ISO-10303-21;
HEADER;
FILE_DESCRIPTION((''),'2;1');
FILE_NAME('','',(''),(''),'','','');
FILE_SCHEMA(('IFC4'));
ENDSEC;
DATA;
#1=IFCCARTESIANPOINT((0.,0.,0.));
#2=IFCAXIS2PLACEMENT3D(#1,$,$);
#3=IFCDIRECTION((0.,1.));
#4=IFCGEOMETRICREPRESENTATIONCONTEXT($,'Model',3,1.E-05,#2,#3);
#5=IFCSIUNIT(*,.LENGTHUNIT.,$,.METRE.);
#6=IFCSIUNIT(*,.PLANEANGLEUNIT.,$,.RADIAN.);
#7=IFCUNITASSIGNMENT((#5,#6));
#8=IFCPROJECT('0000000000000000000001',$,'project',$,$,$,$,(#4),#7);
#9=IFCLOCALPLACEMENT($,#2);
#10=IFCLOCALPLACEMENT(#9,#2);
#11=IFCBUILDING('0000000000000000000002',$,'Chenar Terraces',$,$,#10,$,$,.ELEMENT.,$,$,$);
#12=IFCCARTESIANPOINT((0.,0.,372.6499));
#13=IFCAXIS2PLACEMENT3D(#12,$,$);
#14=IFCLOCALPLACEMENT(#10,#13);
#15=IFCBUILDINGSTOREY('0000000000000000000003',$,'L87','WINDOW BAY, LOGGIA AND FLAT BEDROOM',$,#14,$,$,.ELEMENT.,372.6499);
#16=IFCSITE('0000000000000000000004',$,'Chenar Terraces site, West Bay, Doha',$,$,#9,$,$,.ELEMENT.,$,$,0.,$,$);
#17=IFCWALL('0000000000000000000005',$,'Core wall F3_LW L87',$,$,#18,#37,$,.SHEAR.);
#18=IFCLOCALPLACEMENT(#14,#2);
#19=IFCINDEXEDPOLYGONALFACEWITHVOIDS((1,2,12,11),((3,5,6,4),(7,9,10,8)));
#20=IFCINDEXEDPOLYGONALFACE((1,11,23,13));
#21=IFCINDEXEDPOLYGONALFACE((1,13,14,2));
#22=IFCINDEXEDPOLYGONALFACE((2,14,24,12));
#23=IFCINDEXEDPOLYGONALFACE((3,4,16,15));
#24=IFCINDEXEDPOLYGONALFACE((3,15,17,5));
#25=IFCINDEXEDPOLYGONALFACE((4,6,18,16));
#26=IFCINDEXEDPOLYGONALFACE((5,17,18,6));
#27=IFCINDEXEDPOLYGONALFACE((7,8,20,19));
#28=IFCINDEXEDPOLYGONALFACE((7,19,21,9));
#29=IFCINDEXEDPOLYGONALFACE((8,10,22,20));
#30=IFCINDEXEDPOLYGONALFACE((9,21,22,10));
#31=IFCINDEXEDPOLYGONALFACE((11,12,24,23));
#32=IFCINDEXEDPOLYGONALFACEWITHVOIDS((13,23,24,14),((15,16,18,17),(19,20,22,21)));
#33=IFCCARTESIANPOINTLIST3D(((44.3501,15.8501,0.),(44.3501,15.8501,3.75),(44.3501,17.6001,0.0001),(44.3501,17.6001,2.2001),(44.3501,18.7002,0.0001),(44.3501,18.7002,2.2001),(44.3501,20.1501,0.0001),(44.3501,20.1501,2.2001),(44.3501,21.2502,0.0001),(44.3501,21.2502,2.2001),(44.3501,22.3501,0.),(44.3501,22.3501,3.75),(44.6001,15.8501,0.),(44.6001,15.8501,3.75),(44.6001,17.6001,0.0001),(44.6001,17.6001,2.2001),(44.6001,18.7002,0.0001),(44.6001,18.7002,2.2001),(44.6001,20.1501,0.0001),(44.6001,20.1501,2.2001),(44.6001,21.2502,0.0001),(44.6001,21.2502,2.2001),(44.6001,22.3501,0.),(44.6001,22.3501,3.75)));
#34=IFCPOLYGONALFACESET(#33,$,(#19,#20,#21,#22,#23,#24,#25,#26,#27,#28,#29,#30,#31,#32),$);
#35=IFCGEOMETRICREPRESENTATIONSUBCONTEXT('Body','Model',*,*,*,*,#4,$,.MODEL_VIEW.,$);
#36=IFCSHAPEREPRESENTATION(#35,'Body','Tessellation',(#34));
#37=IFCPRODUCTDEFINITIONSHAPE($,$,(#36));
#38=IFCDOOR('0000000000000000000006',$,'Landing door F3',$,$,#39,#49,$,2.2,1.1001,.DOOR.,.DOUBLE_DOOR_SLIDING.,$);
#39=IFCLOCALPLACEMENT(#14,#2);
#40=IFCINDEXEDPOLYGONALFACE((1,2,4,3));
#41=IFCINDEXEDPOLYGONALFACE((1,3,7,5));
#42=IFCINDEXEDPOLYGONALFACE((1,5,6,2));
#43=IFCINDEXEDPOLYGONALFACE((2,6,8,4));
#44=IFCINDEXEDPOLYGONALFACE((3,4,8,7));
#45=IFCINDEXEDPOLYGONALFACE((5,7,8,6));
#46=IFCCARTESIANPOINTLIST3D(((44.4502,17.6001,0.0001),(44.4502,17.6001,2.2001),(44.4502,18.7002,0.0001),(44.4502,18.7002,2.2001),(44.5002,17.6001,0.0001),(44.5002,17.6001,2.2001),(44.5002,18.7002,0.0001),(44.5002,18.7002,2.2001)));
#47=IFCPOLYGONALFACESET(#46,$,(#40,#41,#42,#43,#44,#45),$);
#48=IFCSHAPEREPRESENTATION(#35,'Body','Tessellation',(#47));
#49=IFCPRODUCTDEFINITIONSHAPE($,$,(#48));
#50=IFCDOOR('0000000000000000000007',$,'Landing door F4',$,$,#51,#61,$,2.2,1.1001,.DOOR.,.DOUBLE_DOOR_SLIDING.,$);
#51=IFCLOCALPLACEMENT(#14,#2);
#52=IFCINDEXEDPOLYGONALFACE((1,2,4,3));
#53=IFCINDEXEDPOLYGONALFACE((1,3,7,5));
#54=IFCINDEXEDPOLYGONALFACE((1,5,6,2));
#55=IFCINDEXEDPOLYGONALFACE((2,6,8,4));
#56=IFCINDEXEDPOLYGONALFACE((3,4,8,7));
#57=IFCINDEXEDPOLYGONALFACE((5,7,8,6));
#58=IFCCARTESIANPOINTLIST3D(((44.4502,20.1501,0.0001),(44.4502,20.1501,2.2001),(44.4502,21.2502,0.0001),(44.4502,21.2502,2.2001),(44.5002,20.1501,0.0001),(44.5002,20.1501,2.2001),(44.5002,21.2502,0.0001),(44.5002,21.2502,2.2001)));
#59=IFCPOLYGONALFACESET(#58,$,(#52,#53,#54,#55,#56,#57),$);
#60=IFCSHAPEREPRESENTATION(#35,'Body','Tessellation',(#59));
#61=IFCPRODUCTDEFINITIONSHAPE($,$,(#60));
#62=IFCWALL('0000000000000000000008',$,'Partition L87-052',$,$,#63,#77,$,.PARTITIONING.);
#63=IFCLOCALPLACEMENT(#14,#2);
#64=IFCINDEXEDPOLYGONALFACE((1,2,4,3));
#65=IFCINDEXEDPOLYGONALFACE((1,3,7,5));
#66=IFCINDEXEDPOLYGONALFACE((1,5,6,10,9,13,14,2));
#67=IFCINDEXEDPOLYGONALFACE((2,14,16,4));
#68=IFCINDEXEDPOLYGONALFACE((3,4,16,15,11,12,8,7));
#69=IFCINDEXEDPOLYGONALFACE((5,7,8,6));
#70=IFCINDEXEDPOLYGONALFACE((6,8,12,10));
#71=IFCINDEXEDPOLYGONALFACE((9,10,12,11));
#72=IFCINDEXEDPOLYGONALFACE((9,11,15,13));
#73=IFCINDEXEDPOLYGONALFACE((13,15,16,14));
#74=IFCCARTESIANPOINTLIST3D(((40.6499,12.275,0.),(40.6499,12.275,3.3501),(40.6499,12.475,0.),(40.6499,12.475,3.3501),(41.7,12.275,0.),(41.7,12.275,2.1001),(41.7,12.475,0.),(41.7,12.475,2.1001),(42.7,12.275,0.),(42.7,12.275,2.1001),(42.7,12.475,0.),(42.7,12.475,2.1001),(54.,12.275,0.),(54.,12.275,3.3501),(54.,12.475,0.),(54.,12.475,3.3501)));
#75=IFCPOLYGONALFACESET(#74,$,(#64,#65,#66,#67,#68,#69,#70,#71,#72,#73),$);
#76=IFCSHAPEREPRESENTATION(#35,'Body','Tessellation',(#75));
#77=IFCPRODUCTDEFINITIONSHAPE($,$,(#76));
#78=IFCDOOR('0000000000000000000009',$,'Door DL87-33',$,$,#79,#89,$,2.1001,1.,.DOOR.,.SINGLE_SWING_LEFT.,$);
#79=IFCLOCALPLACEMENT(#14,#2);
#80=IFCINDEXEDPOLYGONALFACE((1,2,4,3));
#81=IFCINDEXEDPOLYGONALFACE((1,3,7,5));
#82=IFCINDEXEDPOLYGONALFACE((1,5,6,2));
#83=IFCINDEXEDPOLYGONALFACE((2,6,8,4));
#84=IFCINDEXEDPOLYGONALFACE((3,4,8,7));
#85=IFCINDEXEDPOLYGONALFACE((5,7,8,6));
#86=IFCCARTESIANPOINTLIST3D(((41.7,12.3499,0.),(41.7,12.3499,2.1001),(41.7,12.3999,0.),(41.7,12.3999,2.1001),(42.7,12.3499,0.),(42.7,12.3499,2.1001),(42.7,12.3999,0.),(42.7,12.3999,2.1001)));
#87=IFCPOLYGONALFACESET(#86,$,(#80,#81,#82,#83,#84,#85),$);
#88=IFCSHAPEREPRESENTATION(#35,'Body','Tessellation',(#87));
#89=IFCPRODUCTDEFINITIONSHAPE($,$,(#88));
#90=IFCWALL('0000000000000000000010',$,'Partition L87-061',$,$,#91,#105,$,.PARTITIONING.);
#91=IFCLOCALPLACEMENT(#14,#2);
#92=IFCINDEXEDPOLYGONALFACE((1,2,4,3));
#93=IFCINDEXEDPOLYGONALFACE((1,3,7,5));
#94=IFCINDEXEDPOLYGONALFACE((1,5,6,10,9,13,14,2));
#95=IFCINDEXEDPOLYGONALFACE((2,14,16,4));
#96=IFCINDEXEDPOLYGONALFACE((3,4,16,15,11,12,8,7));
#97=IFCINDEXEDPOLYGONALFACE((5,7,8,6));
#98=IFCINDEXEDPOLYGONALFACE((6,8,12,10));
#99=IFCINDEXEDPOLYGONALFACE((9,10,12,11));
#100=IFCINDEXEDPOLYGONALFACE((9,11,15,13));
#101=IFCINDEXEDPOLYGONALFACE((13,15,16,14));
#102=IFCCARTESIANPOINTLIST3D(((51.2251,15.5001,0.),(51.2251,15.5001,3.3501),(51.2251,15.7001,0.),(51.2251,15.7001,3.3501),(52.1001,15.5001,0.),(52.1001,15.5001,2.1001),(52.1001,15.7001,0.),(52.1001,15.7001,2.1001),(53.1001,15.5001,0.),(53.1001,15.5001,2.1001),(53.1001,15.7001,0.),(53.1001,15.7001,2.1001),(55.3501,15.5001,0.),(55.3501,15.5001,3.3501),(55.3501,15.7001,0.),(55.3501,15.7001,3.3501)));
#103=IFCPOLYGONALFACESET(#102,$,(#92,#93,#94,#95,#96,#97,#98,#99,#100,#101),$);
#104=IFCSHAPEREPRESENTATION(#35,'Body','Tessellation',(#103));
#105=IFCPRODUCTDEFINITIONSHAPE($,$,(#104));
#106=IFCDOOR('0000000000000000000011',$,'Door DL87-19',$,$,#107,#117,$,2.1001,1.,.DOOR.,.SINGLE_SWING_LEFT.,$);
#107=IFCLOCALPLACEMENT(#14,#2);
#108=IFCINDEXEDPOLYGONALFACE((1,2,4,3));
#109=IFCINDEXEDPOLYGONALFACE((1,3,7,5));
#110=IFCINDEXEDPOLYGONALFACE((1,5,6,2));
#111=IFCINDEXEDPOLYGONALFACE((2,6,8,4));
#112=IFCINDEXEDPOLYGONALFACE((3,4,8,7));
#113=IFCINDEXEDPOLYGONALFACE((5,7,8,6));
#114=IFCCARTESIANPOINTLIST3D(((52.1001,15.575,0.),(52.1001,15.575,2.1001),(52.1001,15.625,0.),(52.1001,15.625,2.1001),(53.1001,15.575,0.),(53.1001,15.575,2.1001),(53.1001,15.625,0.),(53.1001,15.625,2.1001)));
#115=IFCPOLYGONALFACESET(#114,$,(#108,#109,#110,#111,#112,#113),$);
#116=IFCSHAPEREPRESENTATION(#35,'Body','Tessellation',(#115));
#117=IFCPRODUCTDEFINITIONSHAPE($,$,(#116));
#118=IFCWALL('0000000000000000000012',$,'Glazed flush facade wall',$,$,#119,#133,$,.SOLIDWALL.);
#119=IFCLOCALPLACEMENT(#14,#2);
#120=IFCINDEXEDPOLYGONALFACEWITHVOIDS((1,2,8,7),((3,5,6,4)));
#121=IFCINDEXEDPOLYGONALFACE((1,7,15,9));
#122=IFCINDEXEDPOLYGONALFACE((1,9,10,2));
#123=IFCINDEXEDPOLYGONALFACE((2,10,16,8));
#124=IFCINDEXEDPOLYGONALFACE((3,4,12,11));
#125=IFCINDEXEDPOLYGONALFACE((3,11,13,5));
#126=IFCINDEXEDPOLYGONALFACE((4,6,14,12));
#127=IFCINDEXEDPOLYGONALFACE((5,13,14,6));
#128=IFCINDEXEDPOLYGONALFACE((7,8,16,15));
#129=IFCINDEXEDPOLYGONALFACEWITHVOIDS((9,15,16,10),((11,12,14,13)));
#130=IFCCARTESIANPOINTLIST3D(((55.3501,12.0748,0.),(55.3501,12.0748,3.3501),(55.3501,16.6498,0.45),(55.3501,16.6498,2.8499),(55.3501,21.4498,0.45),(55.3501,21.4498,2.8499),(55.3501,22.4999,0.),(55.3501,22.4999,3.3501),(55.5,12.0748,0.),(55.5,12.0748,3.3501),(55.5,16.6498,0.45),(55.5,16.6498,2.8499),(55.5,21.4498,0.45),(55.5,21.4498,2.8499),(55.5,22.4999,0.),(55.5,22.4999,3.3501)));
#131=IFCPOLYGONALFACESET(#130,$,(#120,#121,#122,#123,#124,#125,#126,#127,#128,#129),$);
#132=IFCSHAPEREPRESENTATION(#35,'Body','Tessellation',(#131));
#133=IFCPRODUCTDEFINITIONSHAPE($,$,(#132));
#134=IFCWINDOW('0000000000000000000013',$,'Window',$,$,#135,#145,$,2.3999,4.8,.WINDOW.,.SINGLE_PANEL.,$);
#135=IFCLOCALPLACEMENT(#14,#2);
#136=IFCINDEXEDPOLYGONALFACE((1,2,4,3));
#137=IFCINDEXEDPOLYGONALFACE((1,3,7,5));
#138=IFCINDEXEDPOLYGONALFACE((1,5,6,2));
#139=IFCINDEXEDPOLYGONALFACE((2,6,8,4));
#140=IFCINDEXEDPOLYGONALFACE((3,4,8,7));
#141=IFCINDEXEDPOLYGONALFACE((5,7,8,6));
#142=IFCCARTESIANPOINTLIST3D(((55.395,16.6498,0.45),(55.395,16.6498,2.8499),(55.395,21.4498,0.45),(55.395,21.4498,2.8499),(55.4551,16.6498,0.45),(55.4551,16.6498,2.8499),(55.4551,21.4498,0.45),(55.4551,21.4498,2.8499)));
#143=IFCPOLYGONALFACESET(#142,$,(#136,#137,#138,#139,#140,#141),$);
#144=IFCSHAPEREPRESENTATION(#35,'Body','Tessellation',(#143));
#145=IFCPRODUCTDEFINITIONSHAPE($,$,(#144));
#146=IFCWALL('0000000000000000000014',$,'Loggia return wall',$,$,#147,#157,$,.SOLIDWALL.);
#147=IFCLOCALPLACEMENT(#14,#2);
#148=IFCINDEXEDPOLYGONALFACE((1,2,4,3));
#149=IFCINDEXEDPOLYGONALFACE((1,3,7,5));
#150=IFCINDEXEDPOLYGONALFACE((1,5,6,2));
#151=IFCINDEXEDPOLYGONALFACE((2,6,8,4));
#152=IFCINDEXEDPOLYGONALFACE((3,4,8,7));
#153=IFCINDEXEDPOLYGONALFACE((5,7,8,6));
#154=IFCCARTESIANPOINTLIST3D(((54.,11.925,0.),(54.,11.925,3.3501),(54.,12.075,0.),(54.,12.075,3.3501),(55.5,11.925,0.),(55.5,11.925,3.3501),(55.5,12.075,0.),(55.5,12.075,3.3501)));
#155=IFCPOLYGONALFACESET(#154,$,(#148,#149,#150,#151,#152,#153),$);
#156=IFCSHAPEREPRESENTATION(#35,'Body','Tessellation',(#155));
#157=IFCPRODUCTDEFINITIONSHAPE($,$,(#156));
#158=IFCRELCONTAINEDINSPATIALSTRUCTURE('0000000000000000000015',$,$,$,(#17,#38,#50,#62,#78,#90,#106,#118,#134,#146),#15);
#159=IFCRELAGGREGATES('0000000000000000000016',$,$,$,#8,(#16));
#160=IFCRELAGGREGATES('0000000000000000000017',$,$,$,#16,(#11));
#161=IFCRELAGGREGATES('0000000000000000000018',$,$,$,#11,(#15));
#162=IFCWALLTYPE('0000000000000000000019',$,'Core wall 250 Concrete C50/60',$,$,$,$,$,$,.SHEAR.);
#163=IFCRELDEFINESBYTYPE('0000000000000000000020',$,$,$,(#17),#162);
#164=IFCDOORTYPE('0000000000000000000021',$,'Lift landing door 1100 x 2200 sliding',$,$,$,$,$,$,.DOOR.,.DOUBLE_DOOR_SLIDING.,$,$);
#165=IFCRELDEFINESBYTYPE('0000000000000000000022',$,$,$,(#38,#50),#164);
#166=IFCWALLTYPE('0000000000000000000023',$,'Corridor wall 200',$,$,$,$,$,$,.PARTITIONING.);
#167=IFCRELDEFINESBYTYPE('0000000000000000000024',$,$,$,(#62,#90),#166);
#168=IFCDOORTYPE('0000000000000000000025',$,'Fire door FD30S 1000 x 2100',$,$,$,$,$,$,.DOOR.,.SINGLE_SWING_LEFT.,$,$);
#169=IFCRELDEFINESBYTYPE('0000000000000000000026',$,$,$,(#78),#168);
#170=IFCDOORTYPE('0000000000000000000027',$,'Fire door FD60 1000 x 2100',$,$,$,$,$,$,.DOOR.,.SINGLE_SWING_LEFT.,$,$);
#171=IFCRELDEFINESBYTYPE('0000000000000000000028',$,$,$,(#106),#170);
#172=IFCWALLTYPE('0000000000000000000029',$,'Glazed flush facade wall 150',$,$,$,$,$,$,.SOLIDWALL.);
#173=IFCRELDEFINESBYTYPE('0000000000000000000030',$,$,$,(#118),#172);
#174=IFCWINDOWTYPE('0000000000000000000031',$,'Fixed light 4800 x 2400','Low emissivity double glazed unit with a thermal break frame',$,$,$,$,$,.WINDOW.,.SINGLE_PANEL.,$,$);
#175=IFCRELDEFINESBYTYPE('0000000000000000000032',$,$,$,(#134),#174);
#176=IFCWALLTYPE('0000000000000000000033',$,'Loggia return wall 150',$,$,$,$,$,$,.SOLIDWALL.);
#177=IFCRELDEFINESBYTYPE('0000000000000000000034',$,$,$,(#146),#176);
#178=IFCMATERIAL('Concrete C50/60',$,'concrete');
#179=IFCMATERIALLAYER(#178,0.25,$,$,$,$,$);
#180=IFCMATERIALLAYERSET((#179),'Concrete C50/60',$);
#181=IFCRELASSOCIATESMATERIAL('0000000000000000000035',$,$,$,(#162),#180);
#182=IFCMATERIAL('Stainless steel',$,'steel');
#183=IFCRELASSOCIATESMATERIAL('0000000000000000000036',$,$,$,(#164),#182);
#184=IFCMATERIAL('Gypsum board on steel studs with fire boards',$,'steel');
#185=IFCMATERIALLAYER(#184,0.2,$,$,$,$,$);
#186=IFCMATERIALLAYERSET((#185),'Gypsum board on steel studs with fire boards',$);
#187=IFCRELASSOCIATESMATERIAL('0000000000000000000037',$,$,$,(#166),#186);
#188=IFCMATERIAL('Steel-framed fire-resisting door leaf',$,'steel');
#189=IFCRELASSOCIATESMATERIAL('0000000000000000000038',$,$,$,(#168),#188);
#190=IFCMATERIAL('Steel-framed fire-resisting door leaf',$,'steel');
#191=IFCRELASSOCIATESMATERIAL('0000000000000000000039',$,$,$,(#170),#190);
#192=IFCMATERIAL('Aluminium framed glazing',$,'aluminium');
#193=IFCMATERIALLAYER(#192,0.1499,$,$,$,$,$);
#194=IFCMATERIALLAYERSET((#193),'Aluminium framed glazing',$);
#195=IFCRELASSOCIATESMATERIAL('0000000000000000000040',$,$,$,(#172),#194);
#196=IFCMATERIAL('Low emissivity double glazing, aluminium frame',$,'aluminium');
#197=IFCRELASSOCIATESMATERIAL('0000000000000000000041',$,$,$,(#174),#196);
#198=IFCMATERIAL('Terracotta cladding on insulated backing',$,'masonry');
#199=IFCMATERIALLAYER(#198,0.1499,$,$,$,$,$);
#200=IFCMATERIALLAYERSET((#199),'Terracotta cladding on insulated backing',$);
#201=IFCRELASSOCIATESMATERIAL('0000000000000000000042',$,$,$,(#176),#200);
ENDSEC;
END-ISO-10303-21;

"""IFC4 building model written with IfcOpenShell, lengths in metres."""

from ifc_helpers import new_model, si_unit, direction, frame, frame_2d, origin, place, context, subcontext, project, spatial, rectangle, extrude, material, layer, layer_set, type_object, element, fill, save


model = new_model("IFC4")

# Units and contexts
model_context = context("Model", 3, precision=1e-05, world=origin(), true_north=direction((0.0, 1.0)))
body_context = subcontext(model_context, "Body", "Model", "MODEL_VIEW")
ifc_project = project(units=[si_unit("LENGTHUNIT", "METRE"), si_unit("PLANEANGLEUNIT", "RADIAN")], contexts=[model_context])

# Site, building, storey
site_placement = place(None, origin())
site = spatial("IfcSite", under=ifc_project, at=site_placement, Name="Chenar Terraces site, West Bay, Doha", CompositionType="ELEMENT", RefElevation=0.0)
building_placement = place(site_placement, origin())
building = spatial("IfcBuilding", under=site, at=building_placement, Name="Chenar Terraces", CompositionType="ELEMENT")
storey_placement = place(building_placement, frame((0.0, 0.0, 372.6499)))
storey = spatial("IfcBuildingStorey", under=building, at=storey_placement, Name="L87", Description="WINDOW BAY, LOGGIA AND FLAT BEDROOM", CompositionType="ELEMENT", Elevation=372.6499)

# Shared definitions
ifc_material_1 = material(Name="Concrete C50/60", Category="concrete")
ifc_layer_1 = layer(ifc_material_1, 0.25)
ifc_layer_set_1 = layer_set([ifc_layer_1], Name="Concrete C50/60")
wall_type_1 = type_object("IfcWallType", Name="Core wall 250 Concrete C50/60", PredefinedType="SHEAR", material=ifc_layer_set_1)

# Wall, openings, doors
wall_1_placement = place(storey_placement, frame((44.4751, 15.8501, 0.0), z_axis=(0.0, 0.0, 1.0), x_axis=(0.0, 1.0, 0.0)))
wall_1 = element("IfcWall", 1, at=wall_1_placement, inside=storey, type_object=wall_type_1, Name="Core wall F3_LW L87", PredefinedType="SHEAR", context=body_context, shape_type="SweptSolid", body=[
    extrude(rectangle(XDim=6.5, YDim=0.25, at=frame_2d((3.25, 0.0))), origin(), (0.0, 0.0, 1.0), 3.75),
])
opening_1_placement = place(wall_1_placement, frame((1.75, 0.0, 0.0)))
opening_1 = element("IfcOpeningElement", 2, at=opening_1_placement, cuts=wall_1, PredefinedType="OPENING", context=body_context, shape_type="SweptSolid", body=[
    extrude(rectangle(XDim=1.1001, YDim=2.2, at=frame_2d((0.55, 1.1001))), frame((0.0, 0.135, 0.0), z_axis=(0.0, -1.0, 0.0), x_axis=(1.0, 0.0, 0.0)), (0.0, 0.0, 1.0), 0.27),
])
opening_2_placement = place(wall_1_placement, frame((4.3, 0.0, 0.0)))
opening_2 = element("IfcOpeningElement", 3, at=opening_2_placement, cuts=wall_1, PredefinedType="OPENING", context=body_context, shape_type="SweptSolid", body=[
    extrude(rectangle(XDim=1.1001, YDim=2.2, at=frame_2d((0.55, 1.1001))), frame((0.0, 0.135, 0.0), z_axis=(0.0, -1.0, 0.0), x_axis=(1.0, 0.0, 0.0)), (0.0, 0.0, 1.0), 0.27),
])
ifc_material_2 = material(Name="Stainless steel", Category="steel")
door_type_1 = type_object("IfcDoorType", Name="Lift landing door 1100 x 2200 sliding", OperationType="DOUBLE_DOOR_SLIDING", PredefinedType="DOOR", material=ifc_material_2)
door_1_placement = place(opening_1_placement, origin())
door_1 = element("IfcDoor", 4, at=door_1_placement, inside=storey, type_object=door_type_1, Name="Landing door F3", OperationType="DOUBLE_DOOR_SLIDING", OverallHeight=2.2, OverallWidth=1.1001, PredefinedType="DOOR", context=body_context, shape_type="SweptSolid", body=[
    extrude(rectangle(XDim=1.1001, YDim=2.2, at=frame_2d((0.55, 1.1001))), frame((0.0, 0.0249, 0.0), z_axis=(0.0, -1.0, 0.0), x_axis=(1.0, 0.0, 0.0)), (0.0, 0.0, 1.0), 0.05),
])
fill(opening_1, door_1)
door_2_placement = place(opening_2_placement, origin())
door_2 = element("IfcDoor", 5, at=door_2_placement, inside=storey, type_object=door_type_1, Name="Landing door F4", OperationType="DOUBLE_DOOR_SLIDING", OverallHeight=2.2, OverallWidth=1.1001, PredefinedType="DOOR", context=body_context, shape_type="SweptSolid", body=[
    extrude(rectangle(XDim=1.1001, YDim=2.2, at=frame_2d((0.55, 1.1001))), frame((0.0, 0.0249, 0.0), z_axis=(0.0, -1.0, 0.0), x_axis=(1.0, 0.0, 0.0)), (0.0, 0.0, 1.0), 0.05),
])
fill(opening_2, door_2)

# Walls, openings, doors
ifc_material_3 = material(Name="Gypsum board on steel studs with fire boards", Category="steel")
ifc_layer_2 = layer(ifc_material_3, 0.2)
ifc_layer_set_2 = layer_set([ifc_layer_2], Name="Gypsum board on steel studs with fire boards")
wall_type_2 = type_object("IfcWallType", Name="Corridor wall 200", PredefinedType="PARTITIONING", material=ifc_layer_set_2)
wall_2_placement = place(storey_placement, frame((40.6499, 12.375, 0.0), z_axis=(0.0, 0.0, 1.0), x_axis=(1.0, 0.0, 0.0)))
wall_2 = element("IfcWall", 6, at=wall_2_placement, inside=storey, type_object=wall_type_2, Name="Partition L87-052", PredefinedType="PARTITIONING", context=body_context, shape_type="SweptSolid", body=[
    extrude(rectangle(XDim=13.3501, YDim=0.2, at=frame_2d((6.675, 0.0))), origin(), (0.0, 0.0, 1.0), 3.3501),
])
opening_3_placement = place(wall_2_placement, frame((1.05, 0.0, 0.0)))
opening_3 = element("IfcOpeningElement", 7, at=opening_3_placement, cuts=wall_2, PredefinedType="OPENING", context=body_context, shape_type="SweptSolid", body=[
    extrude(rectangle(XDim=1.0, YDim=2.1001, at=frame_2d((0.5, 1.05))), frame((0.0, 0.1099, 0.0), z_axis=(0.0, -1.0, 0.0), x_axis=(1.0, 0.0, 0.0)), (0.0, 0.0, 1.0), 0.22),
])
ifc_material_4 = material(Name="Steel-framed fire-resisting door leaf", Category="steel")
door_type_2 = type_object("IfcDoorType", Name="Fire door FD30S 1000 x 2100", OperationType="SINGLE_SWING_LEFT", PredefinedType="DOOR", material=ifc_material_4)
door_3_placement = place(opening_3_placement, origin())
door_3 = element("IfcDoor", 8, at=door_3_placement, inside=storey, type_object=door_type_2, Name="Door DL87-33", OperationType="SINGLE_SWING_LEFT", OverallHeight=2.1001, OverallWidth=1.0, PredefinedType="DOOR", context=body_context, shape_type="SweptSolid", body=[
    extrude(rectangle(XDim=1.0, YDim=2.1001, at=frame_2d((0.5, 1.05))), frame((0.0, 0.0249, 0.0), z_axis=(0.0, -1.0, 0.0), x_axis=(1.0, 0.0, 0.0)), (0.0, 0.0, 1.0), 0.05),
])
fill(opening_3, door_3)
wall_3_placement = place(storey_placement, frame((51.2251, 15.6001, 0.0), z_axis=(0.0, 0.0, 1.0), x_axis=(1.0, 0.0, 0.0)))
wall_3 = element("IfcWall", 9, at=wall_3_placement, inside=storey, type_object=wall_type_2, Name="Partition L87-061", PredefinedType="PARTITIONING", context=body_context, shape_type="SweptSolid", body=[
    extrude(rectangle(XDim=4.125, YDim=0.2, at=frame_2d((2.0625, 0.0))), origin(), (0.0, 0.0, 1.0), 3.3501),
])
opening_4_placement = place(wall_3_placement, frame((0.875, 0.0, 0.0)))
opening_4 = element("IfcOpeningElement", 10, at=opening_4_placement, cuts=wall_3, PredefinedType="OPENING", context=body_context, shape_type="SweptSolid", body=[
    extrude(rectangle(XDim=1.0, YDim=2.1001, at=frame_2d((0.5, 1.05))), frame((0.0, 0.1099, 0.0), z_axis=(0.0, -1.0, 0.0), x_axis=(1.0, 0.0, 0.0)), (0.0, 0.0, 1.0), 0.22),
])
ifc_material_5 = material(Name="Steel-framed fire-resisting door leaf", Category="steel")
door_type_3 = type_object("IfcDoorType", Name="Fire door FD60 1000 x 2100", OperationType="SINGLE_SWING_LEFT", PredefinedType="DOOR", material=ifc_material_5)
door_4_placement = place(opening_4_placement, origin())
door_4 = element("IfcDoor", 11, at=door_4_placement, inside=storey, type_object=door_type_3, Name="Door DL87-19", OperationType="SINGLE_SWING_LEFT", OverallHeight=2.1001, OverallWidth=1.0, PredefinedType="DOOR", context=body_context, shape_type="SweptSolid", body=[
    extrude(rectangle(XDim=1.0, YDim=2.1001, at=frame_2d((0.5, 1.05))), frame((0.0, 0.0249, 0.0), z_axis=(0.0, -1.0, 0.0), x_axis=(1.0, 0.0, 0.0)), (0.0, 0.0, 1.0), 0.05),
])
fill(opening_4, door_4)

# Wall, opening, window
ifc_material_6 = material(Name="Aluminium framed glazing", Category="aluminium")
ifc_layer_3 = layer(ifc_material_6, 0.1499)
ifc_layer_set_3 = layer_set([ifc_layer_3], Name="Aluminium framed glazing")
wall_type_3 = type_object("IfcWallType", Name="Glazed flush facade wall 150", PredefinedType="SOLIDWALL", material=ifc_layer_set_3)
wall_4_placement = place(storey_placement, frame((55.425, 12.075, 0.0), z_axis=(0.0, 0.0, 1.0), x_axis=(0.0, 1.0, 0.0)))
wall_4 = element("IfcWall", 12, at=wall_4_placement, inside=storey, type_object=wall_type_3, Name="Glazed flush facade wall", PredefinedType="SOLIDWALL", context=body_context, shape_type="SweptSolid", body=[
    extrude(rectangle(XDim=10.425, YDim=0.1499, at=frame_2d((5.2124, 0.0))), origin(), (0.0, 0.0, 1.0), 3.3501),
])
opening_5_placement = place(wall_4_placement, frame((4.575, 0.0, 0.45)))
opening_5 = element("IfcOpeningElement", 13, at=opening_5_placement, cuts=wall_4, PredefinedType="OPENING", context=body_context, shape_type="SweptSolid", body=[
    extrude(rectangle(XDim=4.8, YDim=2.3999, at=frame_2d((2.3999, 1.2))), frame((0.0, 0.085, 0.0), z_axis=(0.0, -1.0, 0.0), x_axis=(1.0, 0.0, 0.0)), (0.0, 0.0, 1.0), 0.1699),
])
ifc_material_7 = material(Name="Low emissivity double glazing, aluminium frame", Category="aluminium")
window_type = type_object("IfcWindowType", Name="Fixed light 4800 x 2400", Description="Low emissivity double glazed unit with a thermal break frame", PartitioningType="SINGLE_PANEL", PredefinedType="WINDOW", material=ifc_material_7)
window_placement = place(opening_5_placement, origin())
window = element("IfcWindow", 14, at=window_placement, inside=storey, type_object=window_type, Name="Window", OverallHeight=2.3999, OverallWidth=4.8, PartitioningType="SINGLE_PANEL", PredefinedType="WINDOW", context=body_context, shape_type="SweptSolid", body=[
    extrude(rectangle(XDim=4.8, YDim=2.3999, at=frame_2d((2.3999, 1.2))), frame((0.0, 0.03, 0.0), z_axis=(0.0, -1.0, 0.0), x_axis=(1.0, 0.0, 0.0)), (0.0, 0.0, 1.0), 0.0601),
])
fill(opening_5, window)

# Wall
ifc_material_8 = material(Name="Terracotta cladding on insulated backing", Category="masonry")
ifc_layer_4 = layer(ifc_material_8, 0.1499)
ifc_layer_set_4 = layer_set([ifc_layer_4], Name="Terracotta cladding on insulated backing")
wall_type_4 = type_object("IfcWallType", Name="Loggia return wall 150", PredefinedType="SOLIDWALL", material=ifc_layer_set_4)
wall_5_placement = place(storey_placement, frame((55.5, 12.0, 0.0), z_axis=(0.0, 0.0, 1.0), x_axis=(-1.0, 0.0, 0.0)))
element("IfcWall", 15, at=wall_5_placement, inside=storey, type_object=wall_type_4, Name="Loggia return wall", PredefinedType="SOLIDWALL", context=body_context, shape_type="SweptSolid", body=[
    extrude(rectangle(XDim=1.5, YDim=0.1499, at=frame_2d((0.75, 0.0))), origin(), (0.0, 0.0, 1.0), 3.3501),
])

save(model, "model.ifc")
